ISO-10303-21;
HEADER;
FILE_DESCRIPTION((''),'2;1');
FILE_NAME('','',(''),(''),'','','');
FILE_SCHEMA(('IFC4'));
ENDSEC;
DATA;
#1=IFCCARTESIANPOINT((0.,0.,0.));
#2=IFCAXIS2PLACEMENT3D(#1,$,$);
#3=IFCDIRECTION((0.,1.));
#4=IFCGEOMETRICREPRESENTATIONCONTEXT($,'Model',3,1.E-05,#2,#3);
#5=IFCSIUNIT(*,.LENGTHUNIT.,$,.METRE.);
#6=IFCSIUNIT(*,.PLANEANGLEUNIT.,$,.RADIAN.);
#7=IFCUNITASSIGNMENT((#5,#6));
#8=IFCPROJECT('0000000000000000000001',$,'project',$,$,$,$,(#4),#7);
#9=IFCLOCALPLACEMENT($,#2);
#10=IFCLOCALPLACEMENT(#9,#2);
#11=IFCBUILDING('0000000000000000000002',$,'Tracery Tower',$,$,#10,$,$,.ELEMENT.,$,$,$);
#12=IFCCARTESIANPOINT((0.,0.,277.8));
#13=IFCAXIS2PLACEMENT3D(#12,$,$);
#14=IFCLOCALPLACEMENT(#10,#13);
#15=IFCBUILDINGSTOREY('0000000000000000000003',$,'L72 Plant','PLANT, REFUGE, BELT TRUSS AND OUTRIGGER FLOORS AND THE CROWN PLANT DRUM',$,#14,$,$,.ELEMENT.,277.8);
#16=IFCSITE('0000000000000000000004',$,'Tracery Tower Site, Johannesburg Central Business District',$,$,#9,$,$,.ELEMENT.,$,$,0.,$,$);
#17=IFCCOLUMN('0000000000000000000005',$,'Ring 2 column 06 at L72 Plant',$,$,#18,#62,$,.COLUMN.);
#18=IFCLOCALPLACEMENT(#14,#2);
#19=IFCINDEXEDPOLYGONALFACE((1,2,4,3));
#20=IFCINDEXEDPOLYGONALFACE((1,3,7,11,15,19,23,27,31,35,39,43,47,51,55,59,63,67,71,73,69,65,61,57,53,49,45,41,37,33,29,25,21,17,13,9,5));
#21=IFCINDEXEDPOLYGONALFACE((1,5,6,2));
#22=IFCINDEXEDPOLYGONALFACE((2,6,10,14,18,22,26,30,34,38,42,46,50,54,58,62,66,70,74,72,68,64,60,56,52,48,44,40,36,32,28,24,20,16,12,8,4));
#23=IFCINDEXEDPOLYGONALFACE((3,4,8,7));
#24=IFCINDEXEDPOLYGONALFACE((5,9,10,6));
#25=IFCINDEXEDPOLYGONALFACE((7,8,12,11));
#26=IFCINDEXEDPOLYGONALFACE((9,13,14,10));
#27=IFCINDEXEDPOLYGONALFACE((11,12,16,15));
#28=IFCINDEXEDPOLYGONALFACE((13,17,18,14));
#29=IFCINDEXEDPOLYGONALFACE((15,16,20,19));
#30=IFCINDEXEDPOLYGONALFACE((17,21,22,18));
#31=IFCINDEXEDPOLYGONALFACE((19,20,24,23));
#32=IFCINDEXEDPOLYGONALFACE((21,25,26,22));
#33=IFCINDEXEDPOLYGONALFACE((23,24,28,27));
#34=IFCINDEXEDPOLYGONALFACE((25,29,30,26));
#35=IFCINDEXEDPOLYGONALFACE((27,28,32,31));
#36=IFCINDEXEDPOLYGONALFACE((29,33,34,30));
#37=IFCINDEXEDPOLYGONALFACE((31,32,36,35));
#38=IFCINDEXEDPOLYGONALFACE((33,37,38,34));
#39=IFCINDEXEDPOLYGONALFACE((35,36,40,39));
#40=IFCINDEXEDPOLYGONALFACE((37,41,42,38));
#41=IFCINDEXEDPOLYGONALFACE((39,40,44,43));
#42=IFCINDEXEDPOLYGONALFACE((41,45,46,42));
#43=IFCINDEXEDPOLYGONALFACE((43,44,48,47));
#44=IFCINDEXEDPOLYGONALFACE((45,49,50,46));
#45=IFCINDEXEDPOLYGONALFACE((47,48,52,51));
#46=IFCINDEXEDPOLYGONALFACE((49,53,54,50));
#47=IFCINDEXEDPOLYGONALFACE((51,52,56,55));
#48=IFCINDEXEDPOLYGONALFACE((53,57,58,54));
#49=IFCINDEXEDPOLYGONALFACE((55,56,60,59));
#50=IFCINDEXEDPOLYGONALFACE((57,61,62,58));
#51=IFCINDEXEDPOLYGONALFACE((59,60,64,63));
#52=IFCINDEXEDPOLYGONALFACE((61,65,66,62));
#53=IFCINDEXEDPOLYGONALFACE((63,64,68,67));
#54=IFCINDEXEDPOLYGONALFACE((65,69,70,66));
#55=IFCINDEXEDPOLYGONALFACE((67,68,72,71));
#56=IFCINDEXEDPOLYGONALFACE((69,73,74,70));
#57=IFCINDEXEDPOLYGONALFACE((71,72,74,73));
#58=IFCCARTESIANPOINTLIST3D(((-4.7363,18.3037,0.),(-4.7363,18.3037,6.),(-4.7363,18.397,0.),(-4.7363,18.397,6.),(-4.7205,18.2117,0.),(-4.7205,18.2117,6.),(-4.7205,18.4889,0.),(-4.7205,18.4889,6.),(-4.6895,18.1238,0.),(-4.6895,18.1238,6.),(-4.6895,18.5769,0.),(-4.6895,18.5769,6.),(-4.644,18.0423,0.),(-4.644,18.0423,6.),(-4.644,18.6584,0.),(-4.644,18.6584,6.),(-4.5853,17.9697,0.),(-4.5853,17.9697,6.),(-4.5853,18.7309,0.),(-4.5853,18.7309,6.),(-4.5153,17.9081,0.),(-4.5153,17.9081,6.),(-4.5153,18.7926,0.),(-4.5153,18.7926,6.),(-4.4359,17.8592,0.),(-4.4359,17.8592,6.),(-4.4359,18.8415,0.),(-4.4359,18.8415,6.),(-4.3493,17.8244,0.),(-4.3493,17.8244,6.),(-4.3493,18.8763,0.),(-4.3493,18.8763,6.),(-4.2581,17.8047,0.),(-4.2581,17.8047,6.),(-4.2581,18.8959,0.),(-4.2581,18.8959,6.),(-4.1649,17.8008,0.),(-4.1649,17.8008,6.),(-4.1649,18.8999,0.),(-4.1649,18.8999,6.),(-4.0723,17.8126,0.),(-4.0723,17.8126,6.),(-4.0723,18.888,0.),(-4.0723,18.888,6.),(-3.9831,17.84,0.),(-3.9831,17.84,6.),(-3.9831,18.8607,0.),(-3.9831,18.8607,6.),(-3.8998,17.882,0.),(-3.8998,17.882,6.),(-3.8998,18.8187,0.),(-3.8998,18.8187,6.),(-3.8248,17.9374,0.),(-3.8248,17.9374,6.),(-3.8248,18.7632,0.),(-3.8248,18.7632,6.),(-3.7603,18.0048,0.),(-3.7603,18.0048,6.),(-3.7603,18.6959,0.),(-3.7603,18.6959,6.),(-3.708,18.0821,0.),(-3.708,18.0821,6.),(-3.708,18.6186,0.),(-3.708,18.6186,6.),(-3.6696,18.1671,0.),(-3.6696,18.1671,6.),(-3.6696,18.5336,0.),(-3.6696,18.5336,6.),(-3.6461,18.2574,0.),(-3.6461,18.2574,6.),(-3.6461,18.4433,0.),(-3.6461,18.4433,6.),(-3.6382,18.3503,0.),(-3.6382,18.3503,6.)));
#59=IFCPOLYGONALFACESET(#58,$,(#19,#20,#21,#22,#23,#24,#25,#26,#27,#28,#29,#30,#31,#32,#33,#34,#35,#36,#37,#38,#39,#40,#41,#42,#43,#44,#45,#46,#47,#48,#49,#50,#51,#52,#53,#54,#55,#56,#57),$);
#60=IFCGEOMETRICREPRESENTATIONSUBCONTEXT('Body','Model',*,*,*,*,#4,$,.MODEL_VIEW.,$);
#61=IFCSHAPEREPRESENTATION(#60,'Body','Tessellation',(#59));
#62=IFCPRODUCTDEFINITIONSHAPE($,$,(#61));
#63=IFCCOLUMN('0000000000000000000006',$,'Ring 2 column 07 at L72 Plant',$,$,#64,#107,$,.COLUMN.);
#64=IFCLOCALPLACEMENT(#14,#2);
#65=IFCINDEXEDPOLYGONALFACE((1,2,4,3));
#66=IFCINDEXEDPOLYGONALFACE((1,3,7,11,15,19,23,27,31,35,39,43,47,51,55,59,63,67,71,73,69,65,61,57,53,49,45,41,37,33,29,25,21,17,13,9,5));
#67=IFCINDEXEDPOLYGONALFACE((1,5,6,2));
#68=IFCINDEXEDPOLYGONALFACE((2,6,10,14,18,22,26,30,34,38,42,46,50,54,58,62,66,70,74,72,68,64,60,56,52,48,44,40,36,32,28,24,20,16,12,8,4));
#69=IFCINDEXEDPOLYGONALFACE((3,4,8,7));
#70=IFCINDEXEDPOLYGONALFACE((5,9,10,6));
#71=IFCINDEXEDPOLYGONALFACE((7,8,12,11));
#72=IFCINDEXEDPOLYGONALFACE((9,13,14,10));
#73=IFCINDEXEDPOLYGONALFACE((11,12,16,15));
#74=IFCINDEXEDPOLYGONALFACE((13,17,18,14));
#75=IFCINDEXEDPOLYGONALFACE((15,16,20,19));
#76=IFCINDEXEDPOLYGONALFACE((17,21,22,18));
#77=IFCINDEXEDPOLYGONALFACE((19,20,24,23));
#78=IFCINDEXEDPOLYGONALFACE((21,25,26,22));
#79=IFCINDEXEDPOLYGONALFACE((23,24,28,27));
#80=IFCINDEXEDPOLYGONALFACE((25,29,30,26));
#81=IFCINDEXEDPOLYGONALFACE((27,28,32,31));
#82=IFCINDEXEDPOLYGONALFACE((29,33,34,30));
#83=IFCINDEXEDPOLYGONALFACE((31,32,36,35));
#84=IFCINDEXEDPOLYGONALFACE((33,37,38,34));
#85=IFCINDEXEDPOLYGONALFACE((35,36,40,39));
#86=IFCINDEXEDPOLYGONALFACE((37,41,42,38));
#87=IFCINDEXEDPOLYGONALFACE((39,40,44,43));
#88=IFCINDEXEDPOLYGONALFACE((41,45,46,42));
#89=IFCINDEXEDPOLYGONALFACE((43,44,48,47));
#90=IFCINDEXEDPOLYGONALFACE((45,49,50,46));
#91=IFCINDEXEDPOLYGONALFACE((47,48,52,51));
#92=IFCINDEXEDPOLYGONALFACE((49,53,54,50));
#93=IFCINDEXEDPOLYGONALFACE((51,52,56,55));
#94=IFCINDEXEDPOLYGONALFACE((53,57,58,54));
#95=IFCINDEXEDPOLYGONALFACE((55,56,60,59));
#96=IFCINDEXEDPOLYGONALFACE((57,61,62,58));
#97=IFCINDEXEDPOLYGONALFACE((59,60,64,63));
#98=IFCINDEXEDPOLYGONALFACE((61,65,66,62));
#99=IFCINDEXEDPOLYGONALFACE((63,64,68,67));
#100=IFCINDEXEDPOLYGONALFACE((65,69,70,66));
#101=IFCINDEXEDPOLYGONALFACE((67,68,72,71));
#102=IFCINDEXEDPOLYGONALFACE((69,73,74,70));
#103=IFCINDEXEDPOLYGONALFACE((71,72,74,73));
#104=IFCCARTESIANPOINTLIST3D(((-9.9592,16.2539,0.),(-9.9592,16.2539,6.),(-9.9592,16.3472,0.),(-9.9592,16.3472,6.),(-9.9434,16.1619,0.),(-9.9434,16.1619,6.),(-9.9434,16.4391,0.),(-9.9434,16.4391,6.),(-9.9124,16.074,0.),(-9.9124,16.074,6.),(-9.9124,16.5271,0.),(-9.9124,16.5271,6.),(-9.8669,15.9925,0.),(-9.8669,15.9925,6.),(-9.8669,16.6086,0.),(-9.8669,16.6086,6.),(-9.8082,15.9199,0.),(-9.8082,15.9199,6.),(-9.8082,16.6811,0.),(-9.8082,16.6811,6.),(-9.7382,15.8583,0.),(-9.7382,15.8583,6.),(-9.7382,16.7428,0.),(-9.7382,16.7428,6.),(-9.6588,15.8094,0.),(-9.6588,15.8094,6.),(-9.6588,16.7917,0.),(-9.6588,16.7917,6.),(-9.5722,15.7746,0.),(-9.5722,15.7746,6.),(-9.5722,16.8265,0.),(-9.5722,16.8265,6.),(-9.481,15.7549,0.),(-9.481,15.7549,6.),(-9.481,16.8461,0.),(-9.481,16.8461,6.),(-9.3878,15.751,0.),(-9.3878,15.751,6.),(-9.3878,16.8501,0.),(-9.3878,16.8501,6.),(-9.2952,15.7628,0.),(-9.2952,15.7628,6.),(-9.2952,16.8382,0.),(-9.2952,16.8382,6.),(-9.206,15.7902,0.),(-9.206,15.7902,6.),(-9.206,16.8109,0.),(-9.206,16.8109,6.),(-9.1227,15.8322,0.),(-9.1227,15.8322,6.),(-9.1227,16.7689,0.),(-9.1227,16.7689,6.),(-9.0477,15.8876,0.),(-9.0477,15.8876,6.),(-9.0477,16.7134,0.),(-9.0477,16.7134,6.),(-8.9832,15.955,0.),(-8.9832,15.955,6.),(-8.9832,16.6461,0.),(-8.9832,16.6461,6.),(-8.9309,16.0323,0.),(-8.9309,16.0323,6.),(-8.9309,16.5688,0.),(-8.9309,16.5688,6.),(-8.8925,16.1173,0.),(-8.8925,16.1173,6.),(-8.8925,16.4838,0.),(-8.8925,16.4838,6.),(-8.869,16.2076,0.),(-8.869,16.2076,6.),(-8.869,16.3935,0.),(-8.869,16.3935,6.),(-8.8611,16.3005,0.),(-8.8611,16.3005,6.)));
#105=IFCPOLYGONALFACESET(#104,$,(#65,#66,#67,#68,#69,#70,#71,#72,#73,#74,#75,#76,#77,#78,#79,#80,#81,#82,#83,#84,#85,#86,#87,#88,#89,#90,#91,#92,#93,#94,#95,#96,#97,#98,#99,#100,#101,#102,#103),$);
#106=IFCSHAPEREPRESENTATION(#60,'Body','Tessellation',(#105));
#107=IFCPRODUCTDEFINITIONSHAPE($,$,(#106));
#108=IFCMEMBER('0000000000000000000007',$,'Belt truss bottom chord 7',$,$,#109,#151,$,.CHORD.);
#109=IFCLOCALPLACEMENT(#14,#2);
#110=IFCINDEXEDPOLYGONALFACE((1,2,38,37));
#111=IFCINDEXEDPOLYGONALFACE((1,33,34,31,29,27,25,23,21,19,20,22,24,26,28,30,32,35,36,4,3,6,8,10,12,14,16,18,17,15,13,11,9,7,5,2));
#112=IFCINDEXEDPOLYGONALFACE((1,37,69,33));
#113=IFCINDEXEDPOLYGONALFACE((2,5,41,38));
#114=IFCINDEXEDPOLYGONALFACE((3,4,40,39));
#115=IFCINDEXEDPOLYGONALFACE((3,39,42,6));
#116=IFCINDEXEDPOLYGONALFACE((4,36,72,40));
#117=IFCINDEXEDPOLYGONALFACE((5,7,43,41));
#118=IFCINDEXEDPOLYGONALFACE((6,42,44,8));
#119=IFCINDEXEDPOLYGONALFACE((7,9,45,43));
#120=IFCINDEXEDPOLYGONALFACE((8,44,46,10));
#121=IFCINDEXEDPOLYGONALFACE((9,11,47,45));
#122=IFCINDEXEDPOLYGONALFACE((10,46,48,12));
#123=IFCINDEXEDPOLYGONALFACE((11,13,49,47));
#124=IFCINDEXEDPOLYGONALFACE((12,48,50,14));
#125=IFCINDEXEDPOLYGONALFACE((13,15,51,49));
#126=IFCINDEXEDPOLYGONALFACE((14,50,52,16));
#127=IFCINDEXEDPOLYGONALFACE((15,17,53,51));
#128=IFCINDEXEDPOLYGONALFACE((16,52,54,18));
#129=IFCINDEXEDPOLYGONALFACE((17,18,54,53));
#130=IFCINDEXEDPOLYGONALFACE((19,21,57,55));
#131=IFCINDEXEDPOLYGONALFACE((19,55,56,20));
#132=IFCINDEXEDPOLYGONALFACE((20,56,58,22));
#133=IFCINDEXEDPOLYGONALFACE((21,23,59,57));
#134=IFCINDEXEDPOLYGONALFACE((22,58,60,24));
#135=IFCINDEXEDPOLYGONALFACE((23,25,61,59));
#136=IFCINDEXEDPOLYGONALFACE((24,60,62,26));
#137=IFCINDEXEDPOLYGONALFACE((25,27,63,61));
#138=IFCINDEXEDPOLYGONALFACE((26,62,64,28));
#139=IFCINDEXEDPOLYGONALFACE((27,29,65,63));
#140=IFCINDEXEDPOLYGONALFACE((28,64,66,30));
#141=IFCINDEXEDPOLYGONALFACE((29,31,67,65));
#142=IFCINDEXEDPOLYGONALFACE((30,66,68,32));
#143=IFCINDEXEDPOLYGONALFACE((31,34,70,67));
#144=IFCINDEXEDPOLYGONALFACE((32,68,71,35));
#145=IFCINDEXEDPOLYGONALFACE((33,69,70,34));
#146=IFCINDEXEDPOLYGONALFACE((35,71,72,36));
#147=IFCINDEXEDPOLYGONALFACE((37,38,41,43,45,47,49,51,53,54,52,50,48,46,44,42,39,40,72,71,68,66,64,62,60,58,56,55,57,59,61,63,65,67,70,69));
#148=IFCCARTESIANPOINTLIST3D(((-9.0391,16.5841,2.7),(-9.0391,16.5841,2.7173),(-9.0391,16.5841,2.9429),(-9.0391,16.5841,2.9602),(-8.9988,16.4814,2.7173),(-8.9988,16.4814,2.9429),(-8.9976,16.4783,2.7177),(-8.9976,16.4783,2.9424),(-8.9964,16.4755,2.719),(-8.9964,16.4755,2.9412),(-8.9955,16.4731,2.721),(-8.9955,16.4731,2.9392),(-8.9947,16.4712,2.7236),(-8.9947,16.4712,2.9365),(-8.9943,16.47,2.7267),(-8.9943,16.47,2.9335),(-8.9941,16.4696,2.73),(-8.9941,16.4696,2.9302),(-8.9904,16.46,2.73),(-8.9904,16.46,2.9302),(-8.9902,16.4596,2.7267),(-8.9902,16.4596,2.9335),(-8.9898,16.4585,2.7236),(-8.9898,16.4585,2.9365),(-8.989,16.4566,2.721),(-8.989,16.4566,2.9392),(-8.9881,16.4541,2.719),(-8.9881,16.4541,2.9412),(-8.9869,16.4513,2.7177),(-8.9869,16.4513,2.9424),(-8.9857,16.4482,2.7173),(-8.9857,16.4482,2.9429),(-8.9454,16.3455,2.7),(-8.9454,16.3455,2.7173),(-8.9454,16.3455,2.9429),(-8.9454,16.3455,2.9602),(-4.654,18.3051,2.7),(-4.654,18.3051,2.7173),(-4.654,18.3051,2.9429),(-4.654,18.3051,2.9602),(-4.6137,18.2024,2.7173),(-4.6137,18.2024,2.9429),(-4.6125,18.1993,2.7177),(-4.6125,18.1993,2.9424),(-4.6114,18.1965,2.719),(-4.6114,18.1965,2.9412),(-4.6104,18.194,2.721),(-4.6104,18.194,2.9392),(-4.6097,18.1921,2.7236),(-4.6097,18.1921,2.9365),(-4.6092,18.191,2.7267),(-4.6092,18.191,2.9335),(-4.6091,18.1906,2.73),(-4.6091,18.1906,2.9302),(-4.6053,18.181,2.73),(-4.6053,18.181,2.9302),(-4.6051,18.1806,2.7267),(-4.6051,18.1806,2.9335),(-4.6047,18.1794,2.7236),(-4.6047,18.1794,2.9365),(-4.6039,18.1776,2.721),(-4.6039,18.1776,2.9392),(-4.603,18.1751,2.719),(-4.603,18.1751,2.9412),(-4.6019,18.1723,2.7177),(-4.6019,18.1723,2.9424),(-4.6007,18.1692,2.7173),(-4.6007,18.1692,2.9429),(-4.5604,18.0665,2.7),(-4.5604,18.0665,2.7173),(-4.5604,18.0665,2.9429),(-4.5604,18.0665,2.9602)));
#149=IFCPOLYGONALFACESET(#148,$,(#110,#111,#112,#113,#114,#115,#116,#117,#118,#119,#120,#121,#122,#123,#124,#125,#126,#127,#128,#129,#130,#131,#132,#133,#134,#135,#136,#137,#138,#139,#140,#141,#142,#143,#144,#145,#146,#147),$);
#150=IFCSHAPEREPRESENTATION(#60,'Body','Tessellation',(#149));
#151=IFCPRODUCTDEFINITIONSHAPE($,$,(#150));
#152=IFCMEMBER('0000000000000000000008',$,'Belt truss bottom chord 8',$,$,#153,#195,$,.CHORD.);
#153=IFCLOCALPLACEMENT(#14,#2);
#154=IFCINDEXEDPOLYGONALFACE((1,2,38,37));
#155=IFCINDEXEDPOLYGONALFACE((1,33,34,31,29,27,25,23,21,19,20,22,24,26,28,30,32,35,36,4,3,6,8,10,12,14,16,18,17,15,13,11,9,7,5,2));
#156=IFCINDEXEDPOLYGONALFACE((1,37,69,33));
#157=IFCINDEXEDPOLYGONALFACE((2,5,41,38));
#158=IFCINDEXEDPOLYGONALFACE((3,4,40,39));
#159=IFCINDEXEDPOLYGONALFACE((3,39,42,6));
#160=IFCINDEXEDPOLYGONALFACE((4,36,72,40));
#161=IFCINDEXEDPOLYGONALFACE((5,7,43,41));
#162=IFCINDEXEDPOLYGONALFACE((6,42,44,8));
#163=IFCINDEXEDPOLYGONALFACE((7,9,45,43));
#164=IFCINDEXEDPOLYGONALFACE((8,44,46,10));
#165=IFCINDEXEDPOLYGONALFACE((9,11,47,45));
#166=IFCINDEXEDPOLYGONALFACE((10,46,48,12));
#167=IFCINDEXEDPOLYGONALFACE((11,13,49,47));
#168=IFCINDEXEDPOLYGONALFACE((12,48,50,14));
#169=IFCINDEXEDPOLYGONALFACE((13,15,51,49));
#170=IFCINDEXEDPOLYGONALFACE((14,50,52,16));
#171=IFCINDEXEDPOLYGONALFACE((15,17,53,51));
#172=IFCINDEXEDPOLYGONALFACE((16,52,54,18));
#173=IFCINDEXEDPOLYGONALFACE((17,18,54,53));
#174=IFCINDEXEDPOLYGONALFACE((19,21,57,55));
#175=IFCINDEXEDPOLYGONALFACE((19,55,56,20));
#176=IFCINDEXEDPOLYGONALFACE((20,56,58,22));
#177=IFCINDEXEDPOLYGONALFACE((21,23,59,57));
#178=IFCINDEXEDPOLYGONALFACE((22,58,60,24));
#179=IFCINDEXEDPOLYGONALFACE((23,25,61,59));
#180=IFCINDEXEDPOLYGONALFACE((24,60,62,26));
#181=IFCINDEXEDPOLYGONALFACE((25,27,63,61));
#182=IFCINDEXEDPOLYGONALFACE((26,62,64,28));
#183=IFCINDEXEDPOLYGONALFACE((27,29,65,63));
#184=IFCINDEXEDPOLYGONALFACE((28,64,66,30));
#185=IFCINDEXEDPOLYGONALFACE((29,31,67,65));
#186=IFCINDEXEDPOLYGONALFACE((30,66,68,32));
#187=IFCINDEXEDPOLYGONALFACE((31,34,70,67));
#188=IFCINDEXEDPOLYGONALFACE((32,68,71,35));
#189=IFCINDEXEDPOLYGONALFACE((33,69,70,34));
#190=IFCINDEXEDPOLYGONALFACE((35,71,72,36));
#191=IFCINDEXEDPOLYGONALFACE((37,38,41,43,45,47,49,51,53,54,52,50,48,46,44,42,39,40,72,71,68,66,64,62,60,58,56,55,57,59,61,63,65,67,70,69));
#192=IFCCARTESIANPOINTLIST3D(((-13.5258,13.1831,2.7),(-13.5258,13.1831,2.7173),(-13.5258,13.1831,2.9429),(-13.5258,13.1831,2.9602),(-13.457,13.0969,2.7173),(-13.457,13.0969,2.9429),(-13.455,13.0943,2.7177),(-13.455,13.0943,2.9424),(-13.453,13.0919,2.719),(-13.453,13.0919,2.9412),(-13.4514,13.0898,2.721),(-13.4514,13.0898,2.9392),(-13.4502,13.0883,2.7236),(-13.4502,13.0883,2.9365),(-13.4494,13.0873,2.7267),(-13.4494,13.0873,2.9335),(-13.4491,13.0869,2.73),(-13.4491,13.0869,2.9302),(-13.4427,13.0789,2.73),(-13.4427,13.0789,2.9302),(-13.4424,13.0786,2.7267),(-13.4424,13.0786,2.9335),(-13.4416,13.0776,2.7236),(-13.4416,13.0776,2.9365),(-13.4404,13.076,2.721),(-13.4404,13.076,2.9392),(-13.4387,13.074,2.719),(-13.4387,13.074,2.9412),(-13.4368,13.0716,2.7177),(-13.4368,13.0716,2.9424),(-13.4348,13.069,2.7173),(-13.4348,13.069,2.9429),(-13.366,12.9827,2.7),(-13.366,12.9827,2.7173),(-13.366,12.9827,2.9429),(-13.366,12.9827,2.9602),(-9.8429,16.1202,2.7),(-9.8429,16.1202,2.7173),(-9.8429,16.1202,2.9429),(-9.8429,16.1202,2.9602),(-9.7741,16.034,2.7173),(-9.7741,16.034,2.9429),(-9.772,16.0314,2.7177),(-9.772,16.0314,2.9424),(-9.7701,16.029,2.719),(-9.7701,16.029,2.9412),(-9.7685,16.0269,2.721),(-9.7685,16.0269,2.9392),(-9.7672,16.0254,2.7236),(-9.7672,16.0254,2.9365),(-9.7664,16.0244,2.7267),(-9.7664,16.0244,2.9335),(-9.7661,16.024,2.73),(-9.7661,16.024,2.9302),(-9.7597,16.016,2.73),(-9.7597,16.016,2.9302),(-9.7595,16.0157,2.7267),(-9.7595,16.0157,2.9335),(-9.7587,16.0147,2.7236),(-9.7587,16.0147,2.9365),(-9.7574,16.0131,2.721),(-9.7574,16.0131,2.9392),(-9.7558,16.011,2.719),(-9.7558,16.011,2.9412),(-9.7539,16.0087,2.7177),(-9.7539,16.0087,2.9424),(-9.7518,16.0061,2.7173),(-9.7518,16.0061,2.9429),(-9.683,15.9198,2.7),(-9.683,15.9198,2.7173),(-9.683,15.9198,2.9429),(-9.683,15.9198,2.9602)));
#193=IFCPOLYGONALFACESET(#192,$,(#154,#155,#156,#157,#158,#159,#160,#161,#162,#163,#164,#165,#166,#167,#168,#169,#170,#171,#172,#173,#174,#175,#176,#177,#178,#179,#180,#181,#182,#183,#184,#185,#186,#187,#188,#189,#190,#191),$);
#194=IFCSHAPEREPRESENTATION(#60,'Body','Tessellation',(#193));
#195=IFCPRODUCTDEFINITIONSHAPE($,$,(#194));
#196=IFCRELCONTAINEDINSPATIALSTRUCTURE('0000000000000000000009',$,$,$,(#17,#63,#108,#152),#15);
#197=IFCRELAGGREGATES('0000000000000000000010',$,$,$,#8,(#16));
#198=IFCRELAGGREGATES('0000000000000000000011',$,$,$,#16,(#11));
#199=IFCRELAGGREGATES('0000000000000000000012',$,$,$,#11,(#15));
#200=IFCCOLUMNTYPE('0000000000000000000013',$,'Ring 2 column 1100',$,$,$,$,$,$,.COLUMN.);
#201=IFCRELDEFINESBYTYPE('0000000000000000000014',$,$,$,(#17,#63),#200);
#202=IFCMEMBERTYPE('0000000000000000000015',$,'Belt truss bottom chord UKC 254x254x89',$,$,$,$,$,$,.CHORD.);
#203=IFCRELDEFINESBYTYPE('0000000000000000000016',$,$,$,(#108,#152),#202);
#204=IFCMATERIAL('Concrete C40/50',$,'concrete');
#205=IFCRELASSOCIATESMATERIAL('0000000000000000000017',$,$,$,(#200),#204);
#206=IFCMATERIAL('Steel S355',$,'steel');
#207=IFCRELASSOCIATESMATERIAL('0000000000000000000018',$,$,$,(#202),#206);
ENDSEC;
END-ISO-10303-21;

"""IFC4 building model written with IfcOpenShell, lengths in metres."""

from ifc_helpers import new_model, si_unit, direction, frame, origin, origin_2d, place, context, subcontext, project, spatial, circle, i_section, extrude, material, material_profile, profile_set, type_object, element, save


model = new_model("IFC4")

# Units and contexts
model_context = context("Model", 3, precision=1e-05, world=origin(), true_north=direction((0.0, 1.0)))
body_context = subcontext(model_context, "Body", "Model", "MODEL_VIEW")
ifc_project = project(units=[si_unit("LENGTHUNIT", "METRE"), si_unit("PLANEANGLEUNIT", "RADIAN")], contexts=[model_context])

# Site, building, storey
site_placement = place(None, origin())
site = spatial("IfcSite", under=ifc_project, at=site_placement, Name="Tracery Tower Site, Johannesburg Central Business District", CompositionType="ELEMENT", RefElevation=0.0)
building_placement = place(site_placement, origin())
building = spatial("IfcBuilding", under=site, at=building_placement, Name="Tracery Tower", CompositionType="ELEMENT")
storey_placement = place(building_placement, frame((0.0, 0.0, 277.8)))
storey = spatial("IfcBuildingStorey", under=building, at=storey_placement, Name="L72 Plant", Description="PLANT, REFUGE, BELT TRUSS AND OUTRIGGER FLOORS AND THE CROWN PLANT DRUM", CompositionType="ELEMENT", Elevation=277.8)

# Columns
ifc_material_1 = material(Name="Concrete C40/50", Category="concrete")
ifc_material_profile_1 = material_profile(ifc_material_1, circle(Radius=0.55, at=origin_2d()), Name="RC D1100")
ifc_profile_set_1 = profile_set([ifc_material_profile_1], Name="Concrete C40/50")
column_type = type_object("IfcColumnType", Name="Ring 2 column 1100", PredefinedType="COLUMN", material=ifc_profile_set_1)
for number, where, z_axis, x_axis, name in (
    (1, (-4.1882, 18.3503, 0.0), (0.0, 0.0, 1.0), (1.0, 0.0, 0.0), "Ring 2 column 06 at L72 Plant"),
    (2, (-9.4111, 16.3005, 0.0), (0.0, 0.0, 1.0), (1.0, 0.0, 0.0), "Ring 2 column 07 at L72 Plant"),
):
    element("IfcColumn", number, at=place(storey_placement, frame(where, z_axis=z_axis, x_axis=x_axis)), inside=storey, type_object=column_type, Name=name, PredefinedType="COLUMN", context=body_context, shape_type="SweptSolid", body=[
        extrude(circle(Radius=0.55, at=origin_2d()), origin(), (0.0, 0.0, 1.0), 6.0),
    ])

# Members
ifc_material_2 = material(Name="Steel S355", Category="steel")
ifc_material_profile_2 = material_profile(ifc_material_2, i_section(OverallWidth=0.2563, OverallDepth=0.2603, WebThickness=0.0103, FlangeThickness=0.0173, FilletRadius=0.0127, at=origin_2d()), Name="UKC 254x254x89")
ifc_profile_set_2 = profile_set([ifc_material_profile_2], Name="Steel S355")
member_type_1 = type_object("IfcMemberType", Name="Belt truss bottom chord UKC 254x254x89", PredefinedType="CHORD", material=ifc_profile_set_2)
for number, where, z_axis, x_axis, name in (
    (3, (-4.6072, 18.1858, 2.8301), (-0.930877, -0.365333, 0.0), (0.365333, -0.930877, 0.0), "Belt truss bottom chord 7"),
    (4, (-9.7629, 16.02, 2.8301), (-0.781829, -0.623493, 0.0), (0.623493, -0.781829, 0.0), "Belt truss bottom chord 8"),
):
    element("IfcMember", number, at=place(storey_placement, frame(where, z_axis=z_axis, x_axis=x_axis)), inside=storey, type_object=member_type_1, Name=name, PredefinedType="CHORD", context=body_context, shape_type="SweptSolid", body=[
        extrude(i_section(OverallWidth=0.2563, OverallDepth=0.2603, WebThickness=0.0103, FlangeThickness=0.0173, FilletRadius=0.0127, at=origin_2d()), origin(), (0.0, 0.0, 1.0), 4.7107),
    ])

save(model, "model.ifc")
